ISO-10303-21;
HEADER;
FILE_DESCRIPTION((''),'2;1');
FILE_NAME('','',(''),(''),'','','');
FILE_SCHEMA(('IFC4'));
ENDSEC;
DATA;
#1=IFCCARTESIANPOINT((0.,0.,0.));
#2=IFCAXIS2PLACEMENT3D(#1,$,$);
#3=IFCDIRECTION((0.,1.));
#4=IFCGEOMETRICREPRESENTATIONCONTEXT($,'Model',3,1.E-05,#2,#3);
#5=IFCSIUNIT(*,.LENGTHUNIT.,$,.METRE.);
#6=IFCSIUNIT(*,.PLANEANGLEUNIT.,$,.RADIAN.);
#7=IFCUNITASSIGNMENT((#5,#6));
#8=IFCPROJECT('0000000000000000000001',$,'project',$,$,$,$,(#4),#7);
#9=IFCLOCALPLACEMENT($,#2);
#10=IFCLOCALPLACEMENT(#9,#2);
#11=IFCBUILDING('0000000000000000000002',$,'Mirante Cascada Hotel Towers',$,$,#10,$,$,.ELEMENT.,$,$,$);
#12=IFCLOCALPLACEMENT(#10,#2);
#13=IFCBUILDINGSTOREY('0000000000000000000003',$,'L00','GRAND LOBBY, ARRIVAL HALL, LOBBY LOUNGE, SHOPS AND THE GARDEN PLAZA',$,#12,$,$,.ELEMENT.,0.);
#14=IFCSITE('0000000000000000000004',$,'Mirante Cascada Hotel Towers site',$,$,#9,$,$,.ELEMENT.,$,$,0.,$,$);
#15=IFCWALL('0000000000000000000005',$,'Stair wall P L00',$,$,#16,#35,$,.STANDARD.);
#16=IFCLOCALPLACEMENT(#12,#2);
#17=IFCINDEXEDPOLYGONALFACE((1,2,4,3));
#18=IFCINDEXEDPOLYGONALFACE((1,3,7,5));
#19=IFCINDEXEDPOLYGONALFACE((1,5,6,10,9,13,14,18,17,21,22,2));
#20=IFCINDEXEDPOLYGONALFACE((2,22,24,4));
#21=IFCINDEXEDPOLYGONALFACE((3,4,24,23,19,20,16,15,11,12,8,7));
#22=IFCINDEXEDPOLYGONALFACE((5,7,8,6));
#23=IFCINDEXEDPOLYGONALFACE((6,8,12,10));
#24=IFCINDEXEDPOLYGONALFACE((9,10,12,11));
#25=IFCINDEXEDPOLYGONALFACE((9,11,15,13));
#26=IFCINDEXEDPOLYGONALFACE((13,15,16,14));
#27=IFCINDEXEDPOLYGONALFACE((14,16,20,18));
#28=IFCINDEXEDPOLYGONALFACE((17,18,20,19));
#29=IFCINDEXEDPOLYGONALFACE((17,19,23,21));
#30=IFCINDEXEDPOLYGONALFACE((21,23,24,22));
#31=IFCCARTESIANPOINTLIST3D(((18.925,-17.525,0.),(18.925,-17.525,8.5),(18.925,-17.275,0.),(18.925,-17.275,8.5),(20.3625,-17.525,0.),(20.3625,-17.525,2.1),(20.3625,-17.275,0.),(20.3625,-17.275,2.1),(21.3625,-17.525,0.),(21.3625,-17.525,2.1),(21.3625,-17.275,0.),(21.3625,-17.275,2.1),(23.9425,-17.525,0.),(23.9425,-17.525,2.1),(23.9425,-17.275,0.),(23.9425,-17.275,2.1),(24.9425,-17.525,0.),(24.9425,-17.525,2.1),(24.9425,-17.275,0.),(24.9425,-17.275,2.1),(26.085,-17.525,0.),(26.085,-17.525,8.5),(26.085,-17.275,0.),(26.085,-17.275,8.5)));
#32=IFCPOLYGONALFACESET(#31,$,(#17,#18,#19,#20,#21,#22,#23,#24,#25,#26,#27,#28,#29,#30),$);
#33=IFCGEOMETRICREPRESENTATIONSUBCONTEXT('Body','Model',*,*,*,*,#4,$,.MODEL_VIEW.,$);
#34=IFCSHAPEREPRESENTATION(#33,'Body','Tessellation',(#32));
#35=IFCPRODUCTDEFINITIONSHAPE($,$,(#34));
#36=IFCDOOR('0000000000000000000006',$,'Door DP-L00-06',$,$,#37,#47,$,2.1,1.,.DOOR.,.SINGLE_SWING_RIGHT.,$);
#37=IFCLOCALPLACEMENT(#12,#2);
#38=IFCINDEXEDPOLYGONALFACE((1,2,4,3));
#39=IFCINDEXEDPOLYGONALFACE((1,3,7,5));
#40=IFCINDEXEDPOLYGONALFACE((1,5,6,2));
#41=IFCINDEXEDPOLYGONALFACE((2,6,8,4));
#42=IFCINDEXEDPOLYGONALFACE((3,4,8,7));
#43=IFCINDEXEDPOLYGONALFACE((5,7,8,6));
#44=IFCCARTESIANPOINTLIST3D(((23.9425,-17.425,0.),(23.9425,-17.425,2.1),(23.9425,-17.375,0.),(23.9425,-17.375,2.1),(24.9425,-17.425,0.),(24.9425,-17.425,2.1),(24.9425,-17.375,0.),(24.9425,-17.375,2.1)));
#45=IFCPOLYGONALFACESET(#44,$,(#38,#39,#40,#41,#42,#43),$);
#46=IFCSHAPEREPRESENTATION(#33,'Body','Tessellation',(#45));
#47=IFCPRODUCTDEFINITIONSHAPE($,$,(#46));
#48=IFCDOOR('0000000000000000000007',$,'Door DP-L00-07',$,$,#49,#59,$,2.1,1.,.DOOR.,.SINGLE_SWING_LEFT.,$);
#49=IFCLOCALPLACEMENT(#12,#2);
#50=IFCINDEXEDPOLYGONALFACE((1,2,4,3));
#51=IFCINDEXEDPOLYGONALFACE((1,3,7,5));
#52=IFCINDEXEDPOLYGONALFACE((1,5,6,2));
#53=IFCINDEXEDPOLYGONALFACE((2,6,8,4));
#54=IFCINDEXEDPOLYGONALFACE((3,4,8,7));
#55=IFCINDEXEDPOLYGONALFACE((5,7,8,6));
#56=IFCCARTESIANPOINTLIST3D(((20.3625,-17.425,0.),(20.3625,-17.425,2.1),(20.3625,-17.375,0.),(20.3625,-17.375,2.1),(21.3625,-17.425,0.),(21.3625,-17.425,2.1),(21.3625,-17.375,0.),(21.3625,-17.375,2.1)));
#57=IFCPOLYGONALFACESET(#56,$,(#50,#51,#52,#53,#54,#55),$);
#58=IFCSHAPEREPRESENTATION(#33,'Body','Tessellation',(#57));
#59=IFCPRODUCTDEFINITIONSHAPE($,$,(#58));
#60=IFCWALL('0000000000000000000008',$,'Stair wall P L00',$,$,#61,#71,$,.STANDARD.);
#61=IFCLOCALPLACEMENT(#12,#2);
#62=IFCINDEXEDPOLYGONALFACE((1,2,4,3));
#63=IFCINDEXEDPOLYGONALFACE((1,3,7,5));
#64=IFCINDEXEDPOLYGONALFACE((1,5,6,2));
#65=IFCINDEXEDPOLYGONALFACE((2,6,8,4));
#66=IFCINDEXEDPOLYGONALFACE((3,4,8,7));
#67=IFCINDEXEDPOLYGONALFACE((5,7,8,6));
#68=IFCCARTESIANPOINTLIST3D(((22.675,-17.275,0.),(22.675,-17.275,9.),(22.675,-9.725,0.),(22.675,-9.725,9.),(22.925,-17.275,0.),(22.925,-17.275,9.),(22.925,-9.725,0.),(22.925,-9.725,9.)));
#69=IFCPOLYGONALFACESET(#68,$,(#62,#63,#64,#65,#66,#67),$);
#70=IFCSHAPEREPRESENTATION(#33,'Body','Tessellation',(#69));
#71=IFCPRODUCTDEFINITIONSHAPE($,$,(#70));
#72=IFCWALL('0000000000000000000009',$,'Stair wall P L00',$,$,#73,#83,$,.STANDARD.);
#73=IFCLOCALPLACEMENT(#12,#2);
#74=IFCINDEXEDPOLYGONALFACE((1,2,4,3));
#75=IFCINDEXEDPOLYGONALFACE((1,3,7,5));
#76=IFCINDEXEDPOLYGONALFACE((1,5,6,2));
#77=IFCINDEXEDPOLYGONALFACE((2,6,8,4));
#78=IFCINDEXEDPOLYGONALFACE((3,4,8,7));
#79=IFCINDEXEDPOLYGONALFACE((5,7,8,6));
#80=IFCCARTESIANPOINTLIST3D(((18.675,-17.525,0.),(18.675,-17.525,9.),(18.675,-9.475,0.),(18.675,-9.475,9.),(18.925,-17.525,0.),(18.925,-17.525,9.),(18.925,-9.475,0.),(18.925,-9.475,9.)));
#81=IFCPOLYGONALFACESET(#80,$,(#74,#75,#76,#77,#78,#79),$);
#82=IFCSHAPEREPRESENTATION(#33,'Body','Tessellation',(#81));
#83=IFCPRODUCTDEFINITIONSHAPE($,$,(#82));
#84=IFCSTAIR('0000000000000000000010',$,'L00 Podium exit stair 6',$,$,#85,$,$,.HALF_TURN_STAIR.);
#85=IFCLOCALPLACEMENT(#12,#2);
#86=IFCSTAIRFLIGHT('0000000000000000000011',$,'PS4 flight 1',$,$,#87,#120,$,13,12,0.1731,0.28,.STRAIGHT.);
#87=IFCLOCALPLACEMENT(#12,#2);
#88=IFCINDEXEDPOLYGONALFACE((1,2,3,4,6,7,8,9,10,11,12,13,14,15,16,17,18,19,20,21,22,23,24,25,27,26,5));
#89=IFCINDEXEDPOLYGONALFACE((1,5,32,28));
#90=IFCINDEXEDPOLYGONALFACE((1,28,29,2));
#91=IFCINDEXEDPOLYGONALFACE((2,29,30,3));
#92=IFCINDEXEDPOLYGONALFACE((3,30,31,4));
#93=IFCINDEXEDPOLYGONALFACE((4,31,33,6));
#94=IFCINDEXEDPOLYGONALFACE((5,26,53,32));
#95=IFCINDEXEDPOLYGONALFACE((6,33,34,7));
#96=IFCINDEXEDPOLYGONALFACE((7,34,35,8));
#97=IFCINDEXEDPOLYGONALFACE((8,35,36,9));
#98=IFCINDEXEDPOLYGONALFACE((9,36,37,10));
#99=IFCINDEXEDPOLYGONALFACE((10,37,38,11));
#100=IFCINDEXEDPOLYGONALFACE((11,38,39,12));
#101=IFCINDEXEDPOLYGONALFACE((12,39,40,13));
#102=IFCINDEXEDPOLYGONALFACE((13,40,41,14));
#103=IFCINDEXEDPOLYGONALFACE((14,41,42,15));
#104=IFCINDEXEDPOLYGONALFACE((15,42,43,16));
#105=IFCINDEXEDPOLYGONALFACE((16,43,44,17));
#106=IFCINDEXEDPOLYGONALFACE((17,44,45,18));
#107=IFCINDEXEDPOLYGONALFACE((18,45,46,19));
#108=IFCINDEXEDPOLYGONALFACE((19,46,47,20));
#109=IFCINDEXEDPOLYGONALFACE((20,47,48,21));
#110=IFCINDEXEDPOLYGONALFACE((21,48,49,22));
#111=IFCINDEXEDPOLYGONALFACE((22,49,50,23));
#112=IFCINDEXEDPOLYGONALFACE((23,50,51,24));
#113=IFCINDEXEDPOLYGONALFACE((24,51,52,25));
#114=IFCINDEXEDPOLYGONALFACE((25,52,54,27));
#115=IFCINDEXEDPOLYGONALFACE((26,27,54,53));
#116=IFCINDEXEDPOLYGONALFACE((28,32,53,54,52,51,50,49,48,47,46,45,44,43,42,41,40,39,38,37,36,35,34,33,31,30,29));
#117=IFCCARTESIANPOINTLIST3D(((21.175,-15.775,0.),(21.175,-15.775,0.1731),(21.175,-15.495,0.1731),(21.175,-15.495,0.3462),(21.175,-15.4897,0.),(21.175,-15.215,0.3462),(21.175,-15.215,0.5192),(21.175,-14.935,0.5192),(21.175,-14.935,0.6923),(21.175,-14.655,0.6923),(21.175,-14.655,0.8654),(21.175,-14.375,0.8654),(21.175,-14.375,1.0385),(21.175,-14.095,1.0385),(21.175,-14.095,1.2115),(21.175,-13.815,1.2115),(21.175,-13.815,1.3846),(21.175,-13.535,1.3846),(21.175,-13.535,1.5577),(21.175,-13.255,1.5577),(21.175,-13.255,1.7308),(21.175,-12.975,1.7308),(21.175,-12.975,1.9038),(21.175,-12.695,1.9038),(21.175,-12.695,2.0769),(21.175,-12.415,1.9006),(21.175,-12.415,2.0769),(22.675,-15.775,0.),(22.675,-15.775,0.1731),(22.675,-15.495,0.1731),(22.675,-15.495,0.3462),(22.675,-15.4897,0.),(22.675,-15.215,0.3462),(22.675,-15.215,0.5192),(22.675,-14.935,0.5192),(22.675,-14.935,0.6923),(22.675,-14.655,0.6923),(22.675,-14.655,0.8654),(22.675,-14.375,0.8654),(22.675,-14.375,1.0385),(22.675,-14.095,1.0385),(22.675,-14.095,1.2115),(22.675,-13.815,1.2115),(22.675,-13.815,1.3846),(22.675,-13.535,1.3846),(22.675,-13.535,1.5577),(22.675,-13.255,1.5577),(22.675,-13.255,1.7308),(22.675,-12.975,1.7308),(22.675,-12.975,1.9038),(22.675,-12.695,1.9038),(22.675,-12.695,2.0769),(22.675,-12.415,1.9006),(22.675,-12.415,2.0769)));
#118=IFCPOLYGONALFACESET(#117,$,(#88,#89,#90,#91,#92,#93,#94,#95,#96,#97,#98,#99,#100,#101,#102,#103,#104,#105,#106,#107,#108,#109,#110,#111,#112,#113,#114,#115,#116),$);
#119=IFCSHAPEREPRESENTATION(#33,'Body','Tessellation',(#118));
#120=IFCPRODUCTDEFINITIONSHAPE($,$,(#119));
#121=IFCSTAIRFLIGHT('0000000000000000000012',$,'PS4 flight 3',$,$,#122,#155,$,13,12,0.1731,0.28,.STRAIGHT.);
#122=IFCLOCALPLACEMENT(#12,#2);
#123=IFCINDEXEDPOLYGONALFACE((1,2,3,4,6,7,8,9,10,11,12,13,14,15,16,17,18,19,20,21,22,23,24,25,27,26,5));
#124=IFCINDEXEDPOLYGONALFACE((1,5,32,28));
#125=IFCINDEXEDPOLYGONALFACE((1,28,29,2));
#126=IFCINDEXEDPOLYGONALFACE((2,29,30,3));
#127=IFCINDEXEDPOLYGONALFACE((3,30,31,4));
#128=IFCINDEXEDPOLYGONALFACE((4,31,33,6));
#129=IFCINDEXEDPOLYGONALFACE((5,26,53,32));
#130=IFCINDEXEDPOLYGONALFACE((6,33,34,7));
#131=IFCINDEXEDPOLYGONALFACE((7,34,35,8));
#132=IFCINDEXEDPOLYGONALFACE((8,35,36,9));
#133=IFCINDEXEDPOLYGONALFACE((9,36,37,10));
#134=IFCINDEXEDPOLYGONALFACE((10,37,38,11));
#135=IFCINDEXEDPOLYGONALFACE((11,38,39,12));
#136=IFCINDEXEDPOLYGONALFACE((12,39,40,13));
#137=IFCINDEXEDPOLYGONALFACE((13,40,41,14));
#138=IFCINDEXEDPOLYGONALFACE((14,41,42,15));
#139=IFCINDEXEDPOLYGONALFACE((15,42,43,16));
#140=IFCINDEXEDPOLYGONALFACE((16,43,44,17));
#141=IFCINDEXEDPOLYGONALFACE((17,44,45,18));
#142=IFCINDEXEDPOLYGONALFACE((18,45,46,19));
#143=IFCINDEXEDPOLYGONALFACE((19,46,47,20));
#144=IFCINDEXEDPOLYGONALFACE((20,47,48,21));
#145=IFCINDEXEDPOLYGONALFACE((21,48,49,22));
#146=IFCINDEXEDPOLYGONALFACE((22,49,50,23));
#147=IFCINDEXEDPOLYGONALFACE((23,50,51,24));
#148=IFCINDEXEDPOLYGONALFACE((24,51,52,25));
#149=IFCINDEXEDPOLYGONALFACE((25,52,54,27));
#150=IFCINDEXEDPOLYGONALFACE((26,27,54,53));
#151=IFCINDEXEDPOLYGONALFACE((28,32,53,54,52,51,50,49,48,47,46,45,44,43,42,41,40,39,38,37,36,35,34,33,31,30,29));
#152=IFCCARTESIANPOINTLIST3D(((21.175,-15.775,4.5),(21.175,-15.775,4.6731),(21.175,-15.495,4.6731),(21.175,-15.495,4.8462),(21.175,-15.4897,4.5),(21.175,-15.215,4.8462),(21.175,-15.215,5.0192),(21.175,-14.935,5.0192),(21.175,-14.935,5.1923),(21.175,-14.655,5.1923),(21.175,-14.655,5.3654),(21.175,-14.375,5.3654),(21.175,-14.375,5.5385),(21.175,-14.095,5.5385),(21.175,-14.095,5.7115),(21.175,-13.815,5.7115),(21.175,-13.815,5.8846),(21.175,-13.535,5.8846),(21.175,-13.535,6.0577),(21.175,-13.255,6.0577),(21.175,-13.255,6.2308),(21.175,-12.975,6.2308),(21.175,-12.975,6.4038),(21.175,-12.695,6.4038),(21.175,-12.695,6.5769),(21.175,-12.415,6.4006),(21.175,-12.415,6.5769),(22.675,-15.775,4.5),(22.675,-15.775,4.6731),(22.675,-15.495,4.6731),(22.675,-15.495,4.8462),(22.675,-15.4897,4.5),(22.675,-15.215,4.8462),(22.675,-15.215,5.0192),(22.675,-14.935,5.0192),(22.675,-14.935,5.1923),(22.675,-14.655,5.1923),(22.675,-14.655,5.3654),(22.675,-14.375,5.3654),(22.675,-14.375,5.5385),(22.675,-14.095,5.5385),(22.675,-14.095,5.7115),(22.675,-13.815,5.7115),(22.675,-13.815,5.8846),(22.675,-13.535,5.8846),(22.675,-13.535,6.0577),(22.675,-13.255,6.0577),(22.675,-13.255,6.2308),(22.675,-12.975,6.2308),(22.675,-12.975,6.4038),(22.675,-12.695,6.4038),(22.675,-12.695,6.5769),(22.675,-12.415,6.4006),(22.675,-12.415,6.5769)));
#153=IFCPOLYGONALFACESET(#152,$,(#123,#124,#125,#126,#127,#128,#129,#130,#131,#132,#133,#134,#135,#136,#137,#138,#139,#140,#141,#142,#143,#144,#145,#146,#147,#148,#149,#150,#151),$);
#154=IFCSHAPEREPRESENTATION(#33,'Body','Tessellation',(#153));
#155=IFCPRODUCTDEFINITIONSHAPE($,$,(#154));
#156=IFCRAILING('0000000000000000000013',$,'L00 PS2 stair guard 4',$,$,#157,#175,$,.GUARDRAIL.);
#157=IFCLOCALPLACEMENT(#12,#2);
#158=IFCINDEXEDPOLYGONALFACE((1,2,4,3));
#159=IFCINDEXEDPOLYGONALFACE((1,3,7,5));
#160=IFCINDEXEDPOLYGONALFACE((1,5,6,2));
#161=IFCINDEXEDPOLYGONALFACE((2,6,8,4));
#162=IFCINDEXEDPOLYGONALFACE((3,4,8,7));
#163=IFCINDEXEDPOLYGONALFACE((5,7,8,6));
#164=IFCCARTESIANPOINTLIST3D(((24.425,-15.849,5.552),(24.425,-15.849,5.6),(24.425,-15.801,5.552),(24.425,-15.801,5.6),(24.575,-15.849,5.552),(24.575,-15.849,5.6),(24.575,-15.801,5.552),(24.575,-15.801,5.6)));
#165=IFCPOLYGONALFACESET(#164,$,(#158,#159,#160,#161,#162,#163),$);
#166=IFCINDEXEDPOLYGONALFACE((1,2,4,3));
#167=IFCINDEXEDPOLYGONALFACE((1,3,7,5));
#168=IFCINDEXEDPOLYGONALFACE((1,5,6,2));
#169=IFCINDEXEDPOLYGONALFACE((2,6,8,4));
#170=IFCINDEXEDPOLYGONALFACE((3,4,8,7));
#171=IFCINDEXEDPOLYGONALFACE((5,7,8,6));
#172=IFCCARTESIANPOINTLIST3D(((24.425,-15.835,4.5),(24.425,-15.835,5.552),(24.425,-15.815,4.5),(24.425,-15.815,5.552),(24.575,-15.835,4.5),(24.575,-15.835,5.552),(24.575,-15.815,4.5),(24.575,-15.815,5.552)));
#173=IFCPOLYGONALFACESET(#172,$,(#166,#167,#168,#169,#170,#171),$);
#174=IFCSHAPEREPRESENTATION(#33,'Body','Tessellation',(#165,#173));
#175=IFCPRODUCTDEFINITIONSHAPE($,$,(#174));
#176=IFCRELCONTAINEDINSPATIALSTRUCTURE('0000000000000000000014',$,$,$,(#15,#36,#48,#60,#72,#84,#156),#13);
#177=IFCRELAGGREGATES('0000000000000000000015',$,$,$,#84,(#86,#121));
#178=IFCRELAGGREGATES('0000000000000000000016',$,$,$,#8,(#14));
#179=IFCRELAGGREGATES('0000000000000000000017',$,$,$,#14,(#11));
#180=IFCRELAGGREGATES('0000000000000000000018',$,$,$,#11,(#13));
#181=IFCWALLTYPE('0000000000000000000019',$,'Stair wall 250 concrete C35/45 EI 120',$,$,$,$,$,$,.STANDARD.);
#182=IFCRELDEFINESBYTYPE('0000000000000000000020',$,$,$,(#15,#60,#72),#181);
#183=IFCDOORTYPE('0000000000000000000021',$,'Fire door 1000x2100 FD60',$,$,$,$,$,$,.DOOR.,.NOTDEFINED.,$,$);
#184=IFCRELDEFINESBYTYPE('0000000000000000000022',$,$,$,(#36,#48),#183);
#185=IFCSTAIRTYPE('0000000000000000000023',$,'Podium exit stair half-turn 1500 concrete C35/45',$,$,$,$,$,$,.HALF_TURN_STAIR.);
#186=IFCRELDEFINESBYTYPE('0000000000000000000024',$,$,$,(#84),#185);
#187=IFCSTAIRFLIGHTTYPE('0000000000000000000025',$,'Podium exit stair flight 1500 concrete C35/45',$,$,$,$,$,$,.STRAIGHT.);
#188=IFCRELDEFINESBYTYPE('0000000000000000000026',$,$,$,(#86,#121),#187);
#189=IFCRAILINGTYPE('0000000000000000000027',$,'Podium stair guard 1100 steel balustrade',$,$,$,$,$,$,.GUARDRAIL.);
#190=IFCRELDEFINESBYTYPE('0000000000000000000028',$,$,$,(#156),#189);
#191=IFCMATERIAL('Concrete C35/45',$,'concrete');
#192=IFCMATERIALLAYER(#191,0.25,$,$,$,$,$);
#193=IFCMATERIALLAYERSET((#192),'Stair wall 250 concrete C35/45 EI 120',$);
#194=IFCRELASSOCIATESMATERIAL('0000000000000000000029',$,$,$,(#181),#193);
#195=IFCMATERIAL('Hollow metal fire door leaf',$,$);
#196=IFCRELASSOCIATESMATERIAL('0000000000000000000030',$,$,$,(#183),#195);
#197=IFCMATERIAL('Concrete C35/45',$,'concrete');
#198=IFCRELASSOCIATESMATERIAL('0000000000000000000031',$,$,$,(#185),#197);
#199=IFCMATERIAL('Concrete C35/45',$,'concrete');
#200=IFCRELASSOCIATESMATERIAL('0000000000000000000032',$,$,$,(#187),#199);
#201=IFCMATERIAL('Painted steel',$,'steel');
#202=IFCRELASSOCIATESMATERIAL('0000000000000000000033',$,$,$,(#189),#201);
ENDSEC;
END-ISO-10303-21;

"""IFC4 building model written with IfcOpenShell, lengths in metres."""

from ifc_helpers import new_model, si_unit, direction, frame, frame_2d, origin, origin_2d, place, context, subcontext, project, spatial, polyline, rectangle, outline, extrude, material, layer, layer_set, type_object, element, fill, aggregate, save


model = new_model("IFC4")

# Units and contexts
model_context = context("Model", 3, precision=1e-05, world=origin(), true_north=direction((0.0, 1.0)))
body_context = subcontext(model_context, "Body", "Model", "MODEL_VIEW")
ifc_project = project(units=[si_unit("LENGTHUNIT", "METRE"), si_unit("PLANEANGLEUNIT", "RADIAN")], contexts=[model_context])

# Site, building, storey
site_placement = place(None, origin())
site = spatial("IfcSite", under=ifc_project, at=site_placement, Name="Mirante Cascada Hotel Towers site", CompositionType="ELEMENT", RefElevation=0.0)
building_placement = place(site_placement, origin())
building = spatial("IfcBuilding", under=site, at=building_placement, Name="Mirante Cascada Hotel Towers", CompositionType="ELEMENT")
storey_placement = place(building_placement, origin())
storey = spatial("IfcBuildingStorey", under=building, at=storey_placement, Name="L00", Description="GRAND LOBBY, ARRIVAL HALL, LOBBY LOUNGE, SHOPS AND THE GARDEN PLAZA", CompositionType="ELEMENT", Elevation=0.0)

# Wall, openings, doors
ifc_material_1 = material(Name="Concrete C35/45", Category="concrete")
ifc_layer_1 = layer(ifc_material_1, 0.25)
ifc_layer_set_1 = layer_set([ifc_layer_1], Name="Stair wall 250 concrete C35/45 EI 120")
wall_type_1 = type_object("IfcWallType", Name="Stair wall 250 concrete C35/45 EI 120", PredefinedType="STANDARD", material=ifc_layer_set_1)
wall_1_placement = place(storey_placement, frame((18.925, -17.4, 0.0), z_axis=(0.0, 0.0, 1.0), x_axis=(1.0, 0.0, 0.0)))
wall_1 = element("IfcWall", 1, at=wall_1_placement, inside=storey, type_object=wall_type_1, Name="Stair wall P L00", PredefinedType="STANDARD", context=body_context, shape_type="SweptSolid", body=[
    extrude(rectangle(XDim=7.16, YDim=0.25, at=frame_2d((3.58, 0.0))), origin(), (0.0, 0.0, 1.0), 8.5),
])
opening_1_placement = place(wall_1_placement, frame((5.0175, 0.0, 0.0)))
opening_1 = element("IfcOpeningElement", 2, at=opening_1_placement, cuts=wall_1, PredefinedType="OPENING", context=body_context, shape_type="SweptSolid", body=[
    extrude(rectangle(XDim=1.0, YDim=2.1, at=frame_2d((0.5, 1.05))), frame((0.0, 0.125, 0.0), z_axis=(0.0, -1.0, 0.0), x_axis=(1.0, 0.0, 0.0)), (0.0, 0.0, 1.0), 0.25),
])
opening_2_placement = place(wall_1_placement, frame((1.4375, 0.0, 0.0)))
opening_2 = element("IfcOpeningElement", 3, at=opening_2_placement, cuts=wall_1, PredefinedType="OPENING", context=body_context, shape_type="SweptSolid", body=[
    extrude(rectangle(XDim=1.0, YDim=2.1, at=frame_2d((0.5, 1.05))), frame((0.0, 0.125, 0.0), z_axis=(0.0, -1.0, 0.0), x_axis=(1.0, 0.0, 0.0)), (0.0, 0.0, 1.0), 0.25),
])
ifc_material_2 = material(Name="Hollow metal fire door leaf")
door_type = type_object("IfcDoorType", Name="Fire door 1000x2100 FD60", OperationType="NOTDEFINED", PredefinedType="DOOR", material=ifc_material_2)
door_1_placement = place(opening_1_placement, origin())
door_1 = element("IfcDoor", 4, at=door_1_placement, inside=storey, type_object=door_type, Name="Door DP-L00-06", OperationType="SINGLE_SWING_RIGHT", OverallHeight=2.1, OverallWidth=1.0, PredefinedType="DOOR", context=body_context, shape_type="SweptSolid", body=[
    extrude(rectangle(XDim=1.0, YDim=2.1, at=frame_2d((0.5, 1.05))), frame((0.0, 0.025, 0.0), z_axis=(0.0, -1.0, 0.0), x_axis=(1.0, 0.0, 0.0)), (0.0, 0.0, 1.0), 0.05),
])
fill(opening_1, door_1)
door_2_placement = place(opening_2_placement, origin())
door_2 = element("IfcDoor", 5, at=door_2_placement, inside=storey, type_object=door_type, Name="Door DP-L00-07", OperationType="SINGLE_SWING_LEFT", OverallHeight=2.1, OverallWidth=1.0, PredefinedType="DOOR", context=body_context, shape_type="SweptSolid", body=[
    extrude(rectangle(XDim=1.0, YDim=2.1, at=frame_2d((0.5, 1.05))), frame((0.0, 0.025, 0.0), z_axis=(0.0, -1.0, 0.0), x_axis=(1.0, 0.0, 0.0)), (0.0, 0.0, 1.0), 0.05),
])
fill(opening_2, door_2)

# Walls
wall_2_placement = place(storey_placement, frame((22.8, -17.275, 0.0), z_axis=(0.0, 0.0, 1.0), x_axis=(0.0, 1.0, 0.0)))
element("IfcWall", 6, at=wall_2_placement, inside=storey, type_object=wall_type_1, Name="Stair wall P L00", PredefinedType="STANDARD", context=body_context, shape_type="SweptSolid", body=[
    extrude(rectangle(XDim=7.55, YDim=0.25, at=frame_2d((3.775, 0.0))), origin(), (0.0, 0.0, 1.0), 9.0),
])
wall_3_placement = place(storey_placement, frame((18.8, -17.525, 0.0), z_axis=(0.0, 0.0, 1.0), x_axis=(0.0, 1.0, 0.0)))
element("IfcWall", 7, at=wall_3_placement, inside=storey, type_object=wall_type_1, Name="Stair wall P L00", PredefinedType="STANDARD", context=body_context, shape_type="SweptSolid", body=[
    extrude(rectangle(XDim=8.05, YDim=0.25, at=frame_2d((4.025, 0.0))), origin(), (0.0, 0.0, 1.0), 9.0),
])

# Stair, stair flights
ifc_material_3 = material(Name="Concrete C35/45", Category="concrete")
stair_type = type_object("IfcStairType", Name="Podium exit stair half-turn 1500 concrete C35/45", PredefinedType="HALF_TURN_STAIR", material=ifc_material_3)
stair_placement = place(storey_placement, origin())
stair = element("IfcStair", 8, at=stair_placement, inside=storey, type_object=stair_type, Name="L00 Podium exit stair 6", PredefinedType="HALF_TURN_STAIR")
ifc_material_4 = material(Name="Concrete C35/45", Category="concrete")
stair_flight_type = type_object("IfcStairFlightType", Name="Podium exit stair flight 1500 concrete C35/45", PredefinedType="STRAIGHT", material=ifc_material_4)
stair_flight_1_placement = place(storey_placement, frame((21.925, -15.775, 0.0), z_axis=(0.0, 0.0, 1.0), x_axis=(0.0, 1.0, 0.0)))
stair_flight_1 = element("IfcStairFlight", 9, at=stair_flight_1_placement, type_object=stair_flight_type, Name="PS4 flight 1", NumberOfRisers=13, NumberOfTreads=12, PredefinedType="STRAIGHT", RiserHeight=0.1731, TreadLength=0.28, context=body_context, shape_type="SweptSolid", body=[
    extrude(outline(polyline([(0.0, 0.0), (0.0, 0.1731), (0.28, 0.1731), (0.28, 0.3462), (0.56, 0.3462), (0.56, 0.5192), (0.84, 0.5192), (0.84, 0.6923), (1.12, 0.6923), (1.12, 0.8654), (1.4, 0.8654), (1.4, 1.0385), (1.68, 1.0385), (1.68, 1.2115), (1.96, 1.2115), (1.96, 1.3846), (2.24, 1.3846), (2.24, 1.5577), (2.52, 1.5577), (2.52, 1.7308), (2.8, 1.7308), (2.8, 1.9038), (3.08, 1.9038), (3.08, 2.0769), (3.36, 2.0769), (3.36, 2.25), (3.36, 1.9006), (0.2853, 0.0), (0.0, 0.0)])), frame((0.0, 0.75, 0.0), z_axis=(0.0, -1.0, 0.0), x_axis=(1.0, 0.0, 0.0)), (0.0, 0.0, 1.0), 1.5),
])
stair_flight_2_placement = place(storey_placement, frame((21.925, -15.775, 4.5), z_axis=(0.0, 0.0, 1.0), x_axis=(0.0, 1.0, 0.0)))
stair_flight_2 = element("IfcStairFlight", 10, at=stair_flight_2_placement, type_object=stair_flight_type, Name="PS4 flight 3", NumberOfRisers=13, NumberOfTreads=12, PredefinedType="STRAIGHT", RiserHeight=0.1731, TreadLength=0.28, context=body_context, shape_type="SweptSolid", body=[
    extrude(outline(polyline([(0.0, 0.0), (0.0, 0.1731), (0.28, 0.1731), (0.28, 0.3462), (0.56, 0.3462), (0.56, 0.5192), (0.84, 0.5192), (0.84, 0.6923), (1.12, 0.6923), (1.12, 0.8654), (1.4, 0.8654), (1.4, 1.0385), (1.68, 1.0385), (1.68, 1.2115), (1.96, 1.2115), (1.96, 1.3846), (2.24, 1.3846), (2.24, 1.5577), (2.52, 1.5577), (2.52, 1.7308), (2.8, 1.7308), (2.8, 1.9038), (3.08, 1.9038), (3.08, 2.0769), (3.36, 2.0769), (3.36, 2.25), (3.36, 1.9006), (0.2853, 0.0), (0.0, 0.0)])), frame((0.0, 0.75, 0.0), z_axis=(0.0, -1.0, 0.0), x_axis=(1.0, 0.0, 0.0)), (0.0, 0.0, 1.0), 1.5),
])
aggregate(stair, [stair_flight_1, stair_flight_2])

# Railing
ifc_material_5 = material(Name="Painted steel", Category="steel")
railing_type_1 = type_object("IfcRailingType", Name="Podium stair guard 1100 steel balustrade", PredefinedType="GUARDRAIL", material=ifc_material_5)
for number, where, name in (
    (11, (24.575, -15.825, 4.5), "L00 PS2 stair guard 4"),
):
    element("IfcRailing", number, at=place(storey_placement, frame(where)), inside=storey, type_object=railing_type_1, Name=name, PredefinedType="GUARDRAIL", context=body_context, shape_type="SweptSolid", body=[
        extrude(rectangle(XDim=0.048, YDim=0.048, at=origin_2d()), frame((0.0, 0.0, 1.076), z_axis=(-1.0, 0.0, 0.0), x_axis=(0.0, -1.0, 0.0)), (0.0, 0.0, 1.0), 0.15),
        extrude(rectangle(XDim=0.02, YDim=1.052, at=origin_2d()), frame((0.0, 0.0, 0.526), z_axis=(-1.0, 0.0, 0.0), x_axis=(0.0, -1.0, 0.0)), (0.0, 0.0, 1.0), 0.15),
    ])

save(model, "model.ifc")
